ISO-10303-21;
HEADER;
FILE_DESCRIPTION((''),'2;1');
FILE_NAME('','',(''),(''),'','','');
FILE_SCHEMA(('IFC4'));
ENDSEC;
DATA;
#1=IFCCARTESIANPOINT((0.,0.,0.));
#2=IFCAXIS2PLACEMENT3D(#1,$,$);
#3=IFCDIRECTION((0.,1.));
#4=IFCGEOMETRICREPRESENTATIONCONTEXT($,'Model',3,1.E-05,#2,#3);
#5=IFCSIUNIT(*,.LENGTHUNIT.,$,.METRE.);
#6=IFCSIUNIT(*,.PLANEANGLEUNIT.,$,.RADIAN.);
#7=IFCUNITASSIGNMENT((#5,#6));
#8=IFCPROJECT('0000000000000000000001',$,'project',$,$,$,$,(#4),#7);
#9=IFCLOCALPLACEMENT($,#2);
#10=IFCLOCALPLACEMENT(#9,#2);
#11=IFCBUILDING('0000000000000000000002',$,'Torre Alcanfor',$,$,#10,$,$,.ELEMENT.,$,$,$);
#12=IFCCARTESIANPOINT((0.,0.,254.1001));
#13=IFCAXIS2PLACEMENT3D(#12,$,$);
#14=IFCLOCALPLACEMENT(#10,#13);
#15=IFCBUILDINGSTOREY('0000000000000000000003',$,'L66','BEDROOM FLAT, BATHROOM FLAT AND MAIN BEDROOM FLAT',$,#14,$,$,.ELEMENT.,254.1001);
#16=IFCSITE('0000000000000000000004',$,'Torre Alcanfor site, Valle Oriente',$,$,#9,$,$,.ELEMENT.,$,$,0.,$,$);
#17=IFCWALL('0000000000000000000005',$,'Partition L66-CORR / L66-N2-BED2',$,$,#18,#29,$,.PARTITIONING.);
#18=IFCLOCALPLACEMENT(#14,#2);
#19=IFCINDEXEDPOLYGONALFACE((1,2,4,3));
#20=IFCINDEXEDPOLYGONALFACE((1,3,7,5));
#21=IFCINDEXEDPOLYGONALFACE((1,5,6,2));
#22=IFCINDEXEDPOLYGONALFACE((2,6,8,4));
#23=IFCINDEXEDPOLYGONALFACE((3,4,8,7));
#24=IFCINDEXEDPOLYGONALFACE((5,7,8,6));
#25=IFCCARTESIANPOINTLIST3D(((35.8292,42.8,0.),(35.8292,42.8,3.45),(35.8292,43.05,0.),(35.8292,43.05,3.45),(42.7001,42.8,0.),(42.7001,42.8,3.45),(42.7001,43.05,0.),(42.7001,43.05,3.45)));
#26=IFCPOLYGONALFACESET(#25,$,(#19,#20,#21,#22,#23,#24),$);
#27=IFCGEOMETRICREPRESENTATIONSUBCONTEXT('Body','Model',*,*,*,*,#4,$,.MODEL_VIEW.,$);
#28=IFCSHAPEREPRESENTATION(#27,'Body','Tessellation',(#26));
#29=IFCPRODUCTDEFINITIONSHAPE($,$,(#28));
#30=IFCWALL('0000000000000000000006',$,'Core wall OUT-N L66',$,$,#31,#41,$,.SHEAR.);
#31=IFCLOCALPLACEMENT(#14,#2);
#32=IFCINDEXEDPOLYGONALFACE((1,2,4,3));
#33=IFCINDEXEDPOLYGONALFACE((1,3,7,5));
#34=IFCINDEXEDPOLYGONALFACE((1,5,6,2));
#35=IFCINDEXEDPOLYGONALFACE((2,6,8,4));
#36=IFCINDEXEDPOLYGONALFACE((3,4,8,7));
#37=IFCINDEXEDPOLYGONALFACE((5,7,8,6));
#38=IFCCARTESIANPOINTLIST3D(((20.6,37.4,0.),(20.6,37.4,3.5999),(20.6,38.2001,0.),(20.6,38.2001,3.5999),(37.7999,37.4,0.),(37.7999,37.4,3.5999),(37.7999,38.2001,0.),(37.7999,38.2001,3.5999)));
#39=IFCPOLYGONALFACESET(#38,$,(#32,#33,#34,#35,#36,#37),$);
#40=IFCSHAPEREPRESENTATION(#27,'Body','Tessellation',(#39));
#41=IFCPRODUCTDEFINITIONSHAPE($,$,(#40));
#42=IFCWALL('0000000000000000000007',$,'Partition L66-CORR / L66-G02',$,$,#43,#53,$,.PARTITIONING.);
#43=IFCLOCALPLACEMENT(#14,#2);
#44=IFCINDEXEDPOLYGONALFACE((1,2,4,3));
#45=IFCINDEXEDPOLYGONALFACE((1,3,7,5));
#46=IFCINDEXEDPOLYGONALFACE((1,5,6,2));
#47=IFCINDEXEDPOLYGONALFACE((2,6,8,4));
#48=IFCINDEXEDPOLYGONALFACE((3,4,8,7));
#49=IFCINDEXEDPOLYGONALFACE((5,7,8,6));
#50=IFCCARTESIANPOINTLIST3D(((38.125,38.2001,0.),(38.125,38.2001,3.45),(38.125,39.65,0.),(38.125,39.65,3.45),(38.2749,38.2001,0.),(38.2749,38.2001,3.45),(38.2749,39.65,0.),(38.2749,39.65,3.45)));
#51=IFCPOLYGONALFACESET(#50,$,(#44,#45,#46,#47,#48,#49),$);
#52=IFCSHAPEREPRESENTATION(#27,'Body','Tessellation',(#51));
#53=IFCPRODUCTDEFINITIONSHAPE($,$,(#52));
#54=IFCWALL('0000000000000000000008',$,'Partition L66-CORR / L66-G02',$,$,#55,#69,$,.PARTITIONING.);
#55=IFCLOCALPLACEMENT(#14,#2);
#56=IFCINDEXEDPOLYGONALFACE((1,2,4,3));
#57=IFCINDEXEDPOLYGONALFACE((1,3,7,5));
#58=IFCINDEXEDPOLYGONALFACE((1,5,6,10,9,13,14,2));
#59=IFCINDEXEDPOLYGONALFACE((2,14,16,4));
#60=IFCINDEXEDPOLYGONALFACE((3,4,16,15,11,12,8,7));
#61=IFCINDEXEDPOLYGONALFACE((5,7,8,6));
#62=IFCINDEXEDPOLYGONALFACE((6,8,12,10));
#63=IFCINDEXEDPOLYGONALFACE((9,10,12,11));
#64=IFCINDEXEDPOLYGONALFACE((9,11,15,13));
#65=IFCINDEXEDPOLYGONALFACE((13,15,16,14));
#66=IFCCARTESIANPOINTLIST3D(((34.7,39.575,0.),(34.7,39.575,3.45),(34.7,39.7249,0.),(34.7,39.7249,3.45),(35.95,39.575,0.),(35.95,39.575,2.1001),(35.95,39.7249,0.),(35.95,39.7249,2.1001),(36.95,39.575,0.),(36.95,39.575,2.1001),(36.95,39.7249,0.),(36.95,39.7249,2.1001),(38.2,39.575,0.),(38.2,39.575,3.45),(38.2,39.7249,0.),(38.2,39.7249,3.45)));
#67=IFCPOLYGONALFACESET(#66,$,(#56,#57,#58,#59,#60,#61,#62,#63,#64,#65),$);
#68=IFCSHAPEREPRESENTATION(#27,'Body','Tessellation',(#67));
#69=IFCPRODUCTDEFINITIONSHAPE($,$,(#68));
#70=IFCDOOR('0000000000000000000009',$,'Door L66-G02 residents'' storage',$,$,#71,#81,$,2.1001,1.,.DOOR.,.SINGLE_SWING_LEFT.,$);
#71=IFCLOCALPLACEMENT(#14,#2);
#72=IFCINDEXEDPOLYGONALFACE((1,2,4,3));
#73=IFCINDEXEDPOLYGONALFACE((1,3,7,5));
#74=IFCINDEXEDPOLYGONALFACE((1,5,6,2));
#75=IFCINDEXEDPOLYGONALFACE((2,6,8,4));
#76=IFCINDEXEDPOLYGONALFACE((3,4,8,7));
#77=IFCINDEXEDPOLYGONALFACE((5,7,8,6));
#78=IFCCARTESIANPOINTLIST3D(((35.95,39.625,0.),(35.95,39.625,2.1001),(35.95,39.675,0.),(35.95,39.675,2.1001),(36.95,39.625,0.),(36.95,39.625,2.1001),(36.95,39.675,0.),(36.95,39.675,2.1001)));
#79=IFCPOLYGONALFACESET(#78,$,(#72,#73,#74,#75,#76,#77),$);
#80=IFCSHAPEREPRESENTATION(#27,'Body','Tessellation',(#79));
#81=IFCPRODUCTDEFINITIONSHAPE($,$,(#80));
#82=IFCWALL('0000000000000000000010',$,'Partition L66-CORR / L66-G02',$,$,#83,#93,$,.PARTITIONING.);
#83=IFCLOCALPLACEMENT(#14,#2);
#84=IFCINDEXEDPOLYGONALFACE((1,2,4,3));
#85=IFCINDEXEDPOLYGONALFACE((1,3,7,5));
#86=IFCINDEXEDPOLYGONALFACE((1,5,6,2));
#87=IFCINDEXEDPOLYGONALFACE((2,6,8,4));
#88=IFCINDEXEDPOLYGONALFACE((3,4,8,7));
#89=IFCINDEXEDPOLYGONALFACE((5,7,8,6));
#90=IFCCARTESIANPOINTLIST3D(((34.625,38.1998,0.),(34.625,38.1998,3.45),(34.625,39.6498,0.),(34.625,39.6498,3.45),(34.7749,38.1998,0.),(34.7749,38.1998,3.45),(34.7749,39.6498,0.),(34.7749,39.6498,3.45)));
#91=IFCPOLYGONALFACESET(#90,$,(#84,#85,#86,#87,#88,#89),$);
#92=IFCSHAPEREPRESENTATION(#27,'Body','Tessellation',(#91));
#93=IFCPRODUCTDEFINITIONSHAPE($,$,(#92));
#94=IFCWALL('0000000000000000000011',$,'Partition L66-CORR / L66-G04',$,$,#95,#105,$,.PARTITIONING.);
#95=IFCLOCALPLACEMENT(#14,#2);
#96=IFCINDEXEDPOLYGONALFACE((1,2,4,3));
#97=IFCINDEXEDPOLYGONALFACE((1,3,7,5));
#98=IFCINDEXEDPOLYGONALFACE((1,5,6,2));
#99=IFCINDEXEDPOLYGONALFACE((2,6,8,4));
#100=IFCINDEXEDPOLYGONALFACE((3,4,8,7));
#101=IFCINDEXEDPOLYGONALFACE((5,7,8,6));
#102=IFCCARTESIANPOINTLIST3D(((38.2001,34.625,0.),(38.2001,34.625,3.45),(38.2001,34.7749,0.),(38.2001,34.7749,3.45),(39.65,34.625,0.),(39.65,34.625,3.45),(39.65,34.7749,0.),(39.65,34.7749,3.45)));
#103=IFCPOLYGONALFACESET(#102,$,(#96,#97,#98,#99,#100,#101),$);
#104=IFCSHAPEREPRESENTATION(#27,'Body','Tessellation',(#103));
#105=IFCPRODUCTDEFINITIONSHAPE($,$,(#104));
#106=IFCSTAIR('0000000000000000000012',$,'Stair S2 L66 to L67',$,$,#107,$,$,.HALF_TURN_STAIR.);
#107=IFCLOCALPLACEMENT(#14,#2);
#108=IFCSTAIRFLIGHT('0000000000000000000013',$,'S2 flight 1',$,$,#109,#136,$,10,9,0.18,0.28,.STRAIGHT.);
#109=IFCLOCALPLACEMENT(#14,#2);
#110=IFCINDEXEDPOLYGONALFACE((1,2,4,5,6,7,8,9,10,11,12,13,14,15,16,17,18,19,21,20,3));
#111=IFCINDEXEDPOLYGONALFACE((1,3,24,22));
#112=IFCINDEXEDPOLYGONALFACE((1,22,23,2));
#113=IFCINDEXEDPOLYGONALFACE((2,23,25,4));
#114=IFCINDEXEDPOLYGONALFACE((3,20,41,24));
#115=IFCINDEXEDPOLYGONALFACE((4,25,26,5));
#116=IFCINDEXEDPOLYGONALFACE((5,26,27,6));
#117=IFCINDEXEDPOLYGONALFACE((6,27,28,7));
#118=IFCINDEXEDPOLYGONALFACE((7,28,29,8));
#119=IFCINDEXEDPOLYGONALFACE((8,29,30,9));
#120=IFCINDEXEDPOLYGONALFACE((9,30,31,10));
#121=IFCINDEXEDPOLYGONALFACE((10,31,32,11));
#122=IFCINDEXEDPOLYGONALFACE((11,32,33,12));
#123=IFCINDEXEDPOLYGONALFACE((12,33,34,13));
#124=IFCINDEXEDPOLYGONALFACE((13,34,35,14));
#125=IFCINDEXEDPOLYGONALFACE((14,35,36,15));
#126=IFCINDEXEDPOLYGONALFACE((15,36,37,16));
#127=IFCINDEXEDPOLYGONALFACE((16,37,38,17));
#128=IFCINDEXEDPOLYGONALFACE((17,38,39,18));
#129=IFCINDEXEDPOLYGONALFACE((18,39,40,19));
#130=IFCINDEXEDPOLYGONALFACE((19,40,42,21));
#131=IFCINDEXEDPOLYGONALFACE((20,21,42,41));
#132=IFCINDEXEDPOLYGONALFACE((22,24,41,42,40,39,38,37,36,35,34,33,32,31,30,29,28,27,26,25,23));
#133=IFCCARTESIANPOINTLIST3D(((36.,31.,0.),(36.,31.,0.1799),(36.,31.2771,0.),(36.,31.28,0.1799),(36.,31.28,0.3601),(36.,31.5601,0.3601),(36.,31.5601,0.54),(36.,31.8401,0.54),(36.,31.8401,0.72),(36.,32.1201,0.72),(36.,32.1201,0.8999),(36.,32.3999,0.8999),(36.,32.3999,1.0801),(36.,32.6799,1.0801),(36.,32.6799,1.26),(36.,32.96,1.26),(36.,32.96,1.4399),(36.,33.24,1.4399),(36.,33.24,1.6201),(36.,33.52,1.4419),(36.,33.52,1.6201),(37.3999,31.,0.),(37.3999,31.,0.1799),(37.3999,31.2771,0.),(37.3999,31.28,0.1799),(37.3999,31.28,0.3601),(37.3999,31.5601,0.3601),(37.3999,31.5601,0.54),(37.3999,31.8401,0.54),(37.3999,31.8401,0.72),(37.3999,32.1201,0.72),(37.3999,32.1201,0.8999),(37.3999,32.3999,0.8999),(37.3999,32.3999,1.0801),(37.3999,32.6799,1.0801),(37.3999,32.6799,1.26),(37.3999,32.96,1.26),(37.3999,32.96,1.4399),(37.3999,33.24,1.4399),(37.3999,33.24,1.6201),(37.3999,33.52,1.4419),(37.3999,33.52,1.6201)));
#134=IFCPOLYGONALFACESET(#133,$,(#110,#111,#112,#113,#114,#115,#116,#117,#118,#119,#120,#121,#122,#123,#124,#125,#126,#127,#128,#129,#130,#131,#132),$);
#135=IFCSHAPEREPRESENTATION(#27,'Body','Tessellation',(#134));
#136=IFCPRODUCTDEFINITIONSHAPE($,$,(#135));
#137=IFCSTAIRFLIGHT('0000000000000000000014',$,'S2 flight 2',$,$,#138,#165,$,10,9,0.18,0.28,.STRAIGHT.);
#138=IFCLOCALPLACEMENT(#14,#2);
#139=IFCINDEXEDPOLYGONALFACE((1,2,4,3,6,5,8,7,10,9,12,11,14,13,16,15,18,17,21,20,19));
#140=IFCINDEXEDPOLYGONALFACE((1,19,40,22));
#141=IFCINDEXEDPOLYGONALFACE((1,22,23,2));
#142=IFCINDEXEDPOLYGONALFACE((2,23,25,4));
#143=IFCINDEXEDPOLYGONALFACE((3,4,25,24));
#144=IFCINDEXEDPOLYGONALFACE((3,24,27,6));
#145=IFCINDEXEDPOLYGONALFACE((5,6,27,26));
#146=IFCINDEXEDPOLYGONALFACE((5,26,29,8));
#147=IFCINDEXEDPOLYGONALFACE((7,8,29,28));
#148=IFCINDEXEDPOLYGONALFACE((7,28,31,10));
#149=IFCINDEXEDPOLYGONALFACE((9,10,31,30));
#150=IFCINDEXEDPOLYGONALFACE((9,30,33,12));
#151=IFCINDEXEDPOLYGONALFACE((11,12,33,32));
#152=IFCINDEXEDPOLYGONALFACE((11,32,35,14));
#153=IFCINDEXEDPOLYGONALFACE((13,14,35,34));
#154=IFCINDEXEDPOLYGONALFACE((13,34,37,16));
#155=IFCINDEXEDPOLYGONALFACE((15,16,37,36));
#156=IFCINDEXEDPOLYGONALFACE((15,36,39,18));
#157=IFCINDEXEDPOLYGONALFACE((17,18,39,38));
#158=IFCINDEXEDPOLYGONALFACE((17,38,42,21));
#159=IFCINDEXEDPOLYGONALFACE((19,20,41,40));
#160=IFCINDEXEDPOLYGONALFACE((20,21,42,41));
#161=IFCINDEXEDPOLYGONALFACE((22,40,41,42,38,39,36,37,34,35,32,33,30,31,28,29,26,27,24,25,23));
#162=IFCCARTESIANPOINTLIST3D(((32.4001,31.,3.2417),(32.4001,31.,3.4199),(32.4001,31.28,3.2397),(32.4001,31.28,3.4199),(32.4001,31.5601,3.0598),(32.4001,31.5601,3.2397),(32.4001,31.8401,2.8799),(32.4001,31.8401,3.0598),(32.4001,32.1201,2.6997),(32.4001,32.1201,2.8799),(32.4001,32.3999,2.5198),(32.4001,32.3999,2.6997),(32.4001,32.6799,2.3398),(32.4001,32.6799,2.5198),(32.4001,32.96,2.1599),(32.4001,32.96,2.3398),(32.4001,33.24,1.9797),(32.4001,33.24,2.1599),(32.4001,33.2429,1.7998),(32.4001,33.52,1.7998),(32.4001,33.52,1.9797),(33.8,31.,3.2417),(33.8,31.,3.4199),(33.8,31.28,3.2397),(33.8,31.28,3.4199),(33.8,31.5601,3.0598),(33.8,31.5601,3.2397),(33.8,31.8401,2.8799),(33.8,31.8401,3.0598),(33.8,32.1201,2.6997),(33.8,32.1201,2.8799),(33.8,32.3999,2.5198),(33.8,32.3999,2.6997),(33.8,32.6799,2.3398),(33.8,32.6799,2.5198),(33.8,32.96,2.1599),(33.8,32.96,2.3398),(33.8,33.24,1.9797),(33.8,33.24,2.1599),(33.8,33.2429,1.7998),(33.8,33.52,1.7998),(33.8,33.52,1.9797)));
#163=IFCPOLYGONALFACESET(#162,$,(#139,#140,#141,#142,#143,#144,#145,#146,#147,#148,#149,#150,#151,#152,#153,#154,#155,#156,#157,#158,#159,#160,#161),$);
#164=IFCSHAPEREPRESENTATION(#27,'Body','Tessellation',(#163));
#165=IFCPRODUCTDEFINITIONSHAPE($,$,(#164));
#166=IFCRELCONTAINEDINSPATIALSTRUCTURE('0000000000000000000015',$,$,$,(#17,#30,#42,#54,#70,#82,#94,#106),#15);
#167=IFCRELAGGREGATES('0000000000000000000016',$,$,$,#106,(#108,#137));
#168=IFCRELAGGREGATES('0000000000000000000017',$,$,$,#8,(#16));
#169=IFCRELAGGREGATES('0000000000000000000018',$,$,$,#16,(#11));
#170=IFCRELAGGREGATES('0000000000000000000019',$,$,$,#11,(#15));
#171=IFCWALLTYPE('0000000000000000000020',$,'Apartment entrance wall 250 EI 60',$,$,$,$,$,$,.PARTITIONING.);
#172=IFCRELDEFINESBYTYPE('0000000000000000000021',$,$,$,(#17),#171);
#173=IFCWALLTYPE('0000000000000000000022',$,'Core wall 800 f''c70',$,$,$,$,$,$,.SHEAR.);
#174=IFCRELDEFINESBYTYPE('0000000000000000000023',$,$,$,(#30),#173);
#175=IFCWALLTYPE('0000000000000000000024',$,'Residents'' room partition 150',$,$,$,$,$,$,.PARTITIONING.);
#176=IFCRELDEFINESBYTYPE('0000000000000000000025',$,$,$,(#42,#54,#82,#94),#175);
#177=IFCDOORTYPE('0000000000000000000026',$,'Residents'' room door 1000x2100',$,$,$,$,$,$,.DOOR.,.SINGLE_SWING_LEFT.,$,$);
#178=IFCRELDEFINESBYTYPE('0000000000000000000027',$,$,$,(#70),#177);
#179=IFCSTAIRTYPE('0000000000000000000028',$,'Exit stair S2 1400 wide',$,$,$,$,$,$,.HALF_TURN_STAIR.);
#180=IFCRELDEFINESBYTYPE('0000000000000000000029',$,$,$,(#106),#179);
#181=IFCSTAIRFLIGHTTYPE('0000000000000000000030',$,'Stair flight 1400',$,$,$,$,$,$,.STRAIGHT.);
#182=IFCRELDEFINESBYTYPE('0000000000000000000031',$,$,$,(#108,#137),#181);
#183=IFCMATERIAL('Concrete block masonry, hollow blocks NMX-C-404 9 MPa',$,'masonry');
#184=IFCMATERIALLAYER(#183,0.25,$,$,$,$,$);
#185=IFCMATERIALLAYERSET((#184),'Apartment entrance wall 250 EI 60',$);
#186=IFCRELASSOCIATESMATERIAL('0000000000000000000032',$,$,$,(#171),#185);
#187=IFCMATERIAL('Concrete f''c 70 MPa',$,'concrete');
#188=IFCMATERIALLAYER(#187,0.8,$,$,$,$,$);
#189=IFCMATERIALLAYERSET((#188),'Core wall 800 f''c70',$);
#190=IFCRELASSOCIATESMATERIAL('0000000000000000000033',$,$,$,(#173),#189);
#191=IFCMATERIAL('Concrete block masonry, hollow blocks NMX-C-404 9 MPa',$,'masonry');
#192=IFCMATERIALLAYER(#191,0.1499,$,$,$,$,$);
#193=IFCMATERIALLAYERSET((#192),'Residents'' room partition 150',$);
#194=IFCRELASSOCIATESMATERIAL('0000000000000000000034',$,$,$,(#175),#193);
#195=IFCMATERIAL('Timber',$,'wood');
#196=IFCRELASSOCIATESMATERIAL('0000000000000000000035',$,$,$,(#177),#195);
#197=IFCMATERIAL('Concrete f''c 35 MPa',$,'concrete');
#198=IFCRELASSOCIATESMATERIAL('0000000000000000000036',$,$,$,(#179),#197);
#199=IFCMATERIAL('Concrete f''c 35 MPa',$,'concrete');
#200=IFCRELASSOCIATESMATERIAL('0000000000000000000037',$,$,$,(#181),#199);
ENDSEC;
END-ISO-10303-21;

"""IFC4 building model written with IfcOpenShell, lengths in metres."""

from ifc_helpers import new_model, si_unit, direction, frame, frame_2d, origin, place, context, subcontext, project, spatial, polyline, rectangle, outline, extrude, material, layer, layer_set, type_object, element, fill, aggregate, save


model = new_model("IFC4")

# Units and contexts
model_context = context("Model", 3, precision=1e-05, world=origin(), true_north=direction((0.0, 1.0)))
body_context = subcontext(model_context, "Body", "Model", "MODEL_VIEW")
ifc_project = project(units=[si_unit("LENGTHUNIT", "METRE"), si_unit("PLANEANGLEUNIT", "RADIAN")], contexts=[model_context])

# Site, building, storey
site_placement = place(None, origin())
site = spatial("IfcSite", under=ifc_project, at=site_placement, Name="Torre Alcanfor site, Valle Oriente", CompositionType="ELEMENT", RefElevation=0.0)
building_placement = place(site_placement, origin())
building = spatial("IfcBuilding", under=site, at=building_placement, Name="Torre Alcanfor", CompositionType="ELEMENT")
storey_placement = place(building_placement, frame((0.0, 0.0, 254.1001)))
storey = spatial("IfcBuildingStorey", under=building, at=storey_placement, Name="L66", Description="BEDROOM FLAT, BATHROOM FLAT AND MAIN BEDROOM FLAT", CompositionType="ELEMENT", Elevation=254.1001)

# Shared definitions
ifc_material_1 = material(Name="Concrete block masonry, hollow blocks NMX-C-404 9 MPa", Category="masonry")
ifc_layer_1 = layer(ifc_material_1, 0.25)
ifc_layer_set_1 = layer_set([ifc_layer_1], Name="Apartment entrance wall 250 EI 60")
wall_type_1 = type_object("IfcWallType", Name="Apartment entrance wall 250 EI 60", PredefinedType="PARTITIONING", material=ifc_layer_set_1)

# Walls
wall_1_placement = place(storey_placement, frame((35.8291, 42.925, 0.0), z_axis=(0.0, 0.0, 1.0), x_axis=(1.0, 0.0, 0.0)))
element("IfcWall", 1, at=wall_1_placement, inside=storey, type_object=wall_type_1, Name="Partition L66-CORR / L66-N2-BED2", PredefinedType="PARTITIONING", context=body_context, shape_type="SweptSolid", body=[
    extrude(rectangle(XDim=6.8708, YDim=0.25, at=frame_2d((3.4355, 0.0))), origin(), (0.0, 0.0, 1.0), 3.45),
])
ifc_material_2 = material(Name="Concrete f'c 70 MPa", Category="concrete")
ifc_layer_2 = layer(ifc_material_2, 0.8)
ifc_layer_set_2 = layer_set([ifc_layer_2], Name="Core wall 800 f'c70")
wall_type_2 = type_object("IfcWallType", Name="Core wall 800 f'c70", PredefinedType="SHEAR", material=ifc_layer_set_2)
wall_2_placement = place(storey_placement, frame((37.8, 37.8, 0.0), z_axis=(0.0, 0.0, 1.0), x_axis=(-1.0, 0.0, 0.0)))
element("IfcWall", 2, at=wall_2_placement, inside=storey, type_object=wall_type_2, Name="Core wall OUT-N L66", PredefinedType="SHEAR", context=body_context, shape_type="SweptSolid", body=[
    extrude(rectangle(XDim=17.2, YDim=0.8, at=frame_2d((8.6001, 0.0))), origin(), (0.0, 0.0, 1.0), 3.5999),
])
ifc_material_3 = material(Name="Concrete block masonry, hollow blocks NMX-C-404 9 MPa", Category="masonry")
ifc_layer_3 = layer(ifc_material_3, 0.1499)
ifc_layer_set_3 = layer_set([ifc_layer_3], Name="Residents' room partition 150")
wall_type_3 = type_object("IfcWallType", Name="Residents' room partition 150", PredefinedType="PARTITIONING", material=ifc_layer_set_3)
wall_3_placement = place(storey_placement, frame((38.2, 38.2, 0.0), z_axis=(0.0, 0.0, 1.0), x_axis=(0.0, 1.0, 0.0)))
element("IfcWall", 3, at=wall_3_placement, inside=storey, type_object=wall_type_3, Name="Partition L66-CORR / L66-G02", PredefinedType="PARTITIONING", context=body_context, shape_type="SweptSolid", body=[
    extrude(rectangle(XDim=1.45, YDim=0.1499, at=frame_2d((0.7251, 0.0))), origin(), (0.0, 0.0, 1.0), 3.45),
])

# Wall, opening, door
wall_4_placement = place(storey_placement, frame((38.2, 39.6499, 0.0), z_axis=(0.0, 0.0, 1.0), x_axis=(-1.0, 0.0, 0.0)))
wall_4 = element("IfcWall", 4, at=wall_4_placement, inside=storey, type_object=wall_type_3, Name="Partition L66-CORR / L66-G02", PredefinedType="PARTITIONING", context=body_context, shape_type="SweptSolid", body=[
    extrude(rectangle(XDim=3.5, YDim=0.1499, at=frame_2d((1.75, 0.0))), origin(), (0.0, 0.0, 1.0), 3.45),
])
opening_1_placement = place(wall_4_placement, frame((1.25, 0.0, 0.0)))
opening_1 = element("IfcOpeningElement", 5, at=opening_1_placement, cuts=wall_4, PredefinedType="OPENING", context=body_context, shape_type="SweptSolid", body=[
    extrude(rectangle(XDim=1.0, YDim=2.1001, at=frame_2d((0.5, 1.05))), frame((0.0, 0.085, 0.0), z_axis=(0.0, -1.0, 0.0), x_axis=(1.0, 0.0, 0.0)), (0.0, 0.0, 1.0), 0.1699),
])
ifc_material_4 = material(Name="Timber", Category="wood")
door_type_1 = type_object("IfcDoorType", Name="Residents' room door 1000x2100", OperationType="SINGLE_SWING_LEFT", PredefinedType="DOOR", material=ifc_material_4)
door_1_placement = place(opening_1_placement, origin())
door_1 = element("IfcDoor", 6, at=door_1_placement, inside=storey, type_object=door_type_1, Name="Door L66-G02 residents' storage", OperationType="SINGLE_SWING_LEFT", OverallHeight=2.1001, OverallWidth=1.0, PredefinedType="DOOR", context=body_context, shape_type="SweptSolid", body=[
    extrude(rectangle(XDim=1.0, YDim=2.1001, at=frame_2d((0.5, 1.05))), frame((0.0, 0.0249, 0.0), z_axis=(0.0, -1.0, 0.0), x_axis=(1.0, 0.0, 0.0)), (0.0, 0.0, 1.0), 0.05),
])
fill(opening_1, door_1)

# Walls
for number, where, z_axis, x_axis, name in (
    (7, (34.7, 39.6499, 0.0), (0.0, 0.0, 1.0), (0.0, -1.0, 0.0), "Partition L66-CORR / L66-G02"),
    (8, (38.2, 34.7, 0.0), (0.0, 0.0, 1.0), (1.0, 0.0, 0.0), "Partition L66-CORR / L66-G04"),
):
    element("IfcWall", number, at=place(storey_placement, frame(where, z_axis=z_axis, x_axis=x_axis)), inside=storey, type_object=wall_type_3, Name=name, PredefinedType="PARTITIONING", context=body_context, shape_type="SweptSolid", body=[
        extrude(rectangle(XDim=1.45, YDim=0.1499, at=frame_2d((0.7251, 0.0))), origin(), (0.0, 0.0, 1.0), 3.45),
    ])

# Stair, stair flights
ifc_material_5 = material(Name="Concrete f'c 35 MPa", Category="concrete")
stair_type = type_object("IfcStairType", Name="Exit stair S2 1400 wide", PredefinedType="HALF_TURN_STAIR", material=ifc_material_5)
stair_placement = place(storey_placement, origin())
stair = element("IfcStair", 9, at=stair_placement, inside=storey, type_object=stair_type, Name="Stair S2 L66 to L67", PredefinedType="HALF_TURN_STAIR")
ifc_material_6 = material(Name="Concrete f'c 35 MPa", Category="concrete")
stair_flight_type = type_object("IfcStairFlightType", Name="Stair flight 1400", PredefinedType="STRAIGHT", material=ifc_material_6)
stair_flight_1_placement = place(storey_placement, frame((36.7, 31.0, 0.0), z_axis=(0.0, 0.0, 1.0), x_axis=(0.0, 1.0, 0.0)))
stair_flight_1 = element("IfcStairFlight", 10, at=stair_flight_1_placement, type_object=stair_flight_type, Name="S2 flight 1", NumberOfRisers=10, NumberOfTreads=9, PredefinedType="STRAIGHT", RiserHeight=0.18, TreadLength=0.28, context=body_context, shape_type="SweptSolid", body=[
    extrude(outline(polyline([(0.0, 0.0), (0.0, 0.1799), (0.28, 0.1799), (0.28, 0.3601), (0.5601, 0.3601), (0.5601, 0.54), (0.8401, 0.54), (0.8401, 0.72), (1.1201, 0.72), (1.1201, 0.8999), (1.3999, 0.8999), (1.3999, 1.0801), (1.6799, 1.0801), (1.6799, 1.26), (1.96, 1.26), (1.96, 1.4399), (2.24, 1.4399), (2.24, 1.6201), (2.52, 1.6201), (2.52, 1.8), (2.52, 1.4419), (0.2771, 0.0), (0.0, 0.0)])), frame((0.0, 0.7, 0.0), z_axis=(0.0, -1.0, 0.0), x_axis=(1.0, 0.0, 0.0)), (0.0, 0.0, 1.0), 1.3999),
])
stair_flight_2_placement = place(storey_placement, frame((33.1001, 33.52, 1.7998), z_axis=(0.0, 0.0, 1.0), x_axis=(0.0, -1.0, 0.0)))
stair_flight_2 = element("IfcStairFlight", 11, at=stair_flight_2_placement, type_object=stair_flight_type, Name="S2 flight 2", NumberOfRisers=10, NumberOfTreads=9, PredefinedType="STRAIGHT", RiserHeight=0.18, TreadLength=0.28, context=body_context, shape_type="SweptSolid", body=[
    extrude(outline(polyline([(0.0, 0.0), (0.0, 0.1799), (0.28, 0.1799), (0.28, 0.3601), (0.5601, 0.3601), (0.5601, 0.54), (0.8401, 0.54), (0.8401, 0.72), (1.1201, 0.72), (1.1201, 0.8999), (1.3999, 0.8999), (1.3999, 1.0801), (1.6799, 1.0801), (1.6799, 1.26), (1.96, 1.26), (1.96, 1.4399), (2.24, 1.4399), (2.24, 1.6201), (2.52, 1.6201), (2.52, 1.8), (2.52, 1.4419), (0.2771, 0.0), (0.0, 0.0)])), frame((0.0, 0.7, 0.0), z_axis=(0.0, -1.0, 0.0), x_axis=(1.0, 0.0, 0.0)), (0.0, 0.0, 1.0), 1.3999),
])
aggregate(stair, [stair_flight_1, stair_flight_2])

save(model, "model.ifc")
